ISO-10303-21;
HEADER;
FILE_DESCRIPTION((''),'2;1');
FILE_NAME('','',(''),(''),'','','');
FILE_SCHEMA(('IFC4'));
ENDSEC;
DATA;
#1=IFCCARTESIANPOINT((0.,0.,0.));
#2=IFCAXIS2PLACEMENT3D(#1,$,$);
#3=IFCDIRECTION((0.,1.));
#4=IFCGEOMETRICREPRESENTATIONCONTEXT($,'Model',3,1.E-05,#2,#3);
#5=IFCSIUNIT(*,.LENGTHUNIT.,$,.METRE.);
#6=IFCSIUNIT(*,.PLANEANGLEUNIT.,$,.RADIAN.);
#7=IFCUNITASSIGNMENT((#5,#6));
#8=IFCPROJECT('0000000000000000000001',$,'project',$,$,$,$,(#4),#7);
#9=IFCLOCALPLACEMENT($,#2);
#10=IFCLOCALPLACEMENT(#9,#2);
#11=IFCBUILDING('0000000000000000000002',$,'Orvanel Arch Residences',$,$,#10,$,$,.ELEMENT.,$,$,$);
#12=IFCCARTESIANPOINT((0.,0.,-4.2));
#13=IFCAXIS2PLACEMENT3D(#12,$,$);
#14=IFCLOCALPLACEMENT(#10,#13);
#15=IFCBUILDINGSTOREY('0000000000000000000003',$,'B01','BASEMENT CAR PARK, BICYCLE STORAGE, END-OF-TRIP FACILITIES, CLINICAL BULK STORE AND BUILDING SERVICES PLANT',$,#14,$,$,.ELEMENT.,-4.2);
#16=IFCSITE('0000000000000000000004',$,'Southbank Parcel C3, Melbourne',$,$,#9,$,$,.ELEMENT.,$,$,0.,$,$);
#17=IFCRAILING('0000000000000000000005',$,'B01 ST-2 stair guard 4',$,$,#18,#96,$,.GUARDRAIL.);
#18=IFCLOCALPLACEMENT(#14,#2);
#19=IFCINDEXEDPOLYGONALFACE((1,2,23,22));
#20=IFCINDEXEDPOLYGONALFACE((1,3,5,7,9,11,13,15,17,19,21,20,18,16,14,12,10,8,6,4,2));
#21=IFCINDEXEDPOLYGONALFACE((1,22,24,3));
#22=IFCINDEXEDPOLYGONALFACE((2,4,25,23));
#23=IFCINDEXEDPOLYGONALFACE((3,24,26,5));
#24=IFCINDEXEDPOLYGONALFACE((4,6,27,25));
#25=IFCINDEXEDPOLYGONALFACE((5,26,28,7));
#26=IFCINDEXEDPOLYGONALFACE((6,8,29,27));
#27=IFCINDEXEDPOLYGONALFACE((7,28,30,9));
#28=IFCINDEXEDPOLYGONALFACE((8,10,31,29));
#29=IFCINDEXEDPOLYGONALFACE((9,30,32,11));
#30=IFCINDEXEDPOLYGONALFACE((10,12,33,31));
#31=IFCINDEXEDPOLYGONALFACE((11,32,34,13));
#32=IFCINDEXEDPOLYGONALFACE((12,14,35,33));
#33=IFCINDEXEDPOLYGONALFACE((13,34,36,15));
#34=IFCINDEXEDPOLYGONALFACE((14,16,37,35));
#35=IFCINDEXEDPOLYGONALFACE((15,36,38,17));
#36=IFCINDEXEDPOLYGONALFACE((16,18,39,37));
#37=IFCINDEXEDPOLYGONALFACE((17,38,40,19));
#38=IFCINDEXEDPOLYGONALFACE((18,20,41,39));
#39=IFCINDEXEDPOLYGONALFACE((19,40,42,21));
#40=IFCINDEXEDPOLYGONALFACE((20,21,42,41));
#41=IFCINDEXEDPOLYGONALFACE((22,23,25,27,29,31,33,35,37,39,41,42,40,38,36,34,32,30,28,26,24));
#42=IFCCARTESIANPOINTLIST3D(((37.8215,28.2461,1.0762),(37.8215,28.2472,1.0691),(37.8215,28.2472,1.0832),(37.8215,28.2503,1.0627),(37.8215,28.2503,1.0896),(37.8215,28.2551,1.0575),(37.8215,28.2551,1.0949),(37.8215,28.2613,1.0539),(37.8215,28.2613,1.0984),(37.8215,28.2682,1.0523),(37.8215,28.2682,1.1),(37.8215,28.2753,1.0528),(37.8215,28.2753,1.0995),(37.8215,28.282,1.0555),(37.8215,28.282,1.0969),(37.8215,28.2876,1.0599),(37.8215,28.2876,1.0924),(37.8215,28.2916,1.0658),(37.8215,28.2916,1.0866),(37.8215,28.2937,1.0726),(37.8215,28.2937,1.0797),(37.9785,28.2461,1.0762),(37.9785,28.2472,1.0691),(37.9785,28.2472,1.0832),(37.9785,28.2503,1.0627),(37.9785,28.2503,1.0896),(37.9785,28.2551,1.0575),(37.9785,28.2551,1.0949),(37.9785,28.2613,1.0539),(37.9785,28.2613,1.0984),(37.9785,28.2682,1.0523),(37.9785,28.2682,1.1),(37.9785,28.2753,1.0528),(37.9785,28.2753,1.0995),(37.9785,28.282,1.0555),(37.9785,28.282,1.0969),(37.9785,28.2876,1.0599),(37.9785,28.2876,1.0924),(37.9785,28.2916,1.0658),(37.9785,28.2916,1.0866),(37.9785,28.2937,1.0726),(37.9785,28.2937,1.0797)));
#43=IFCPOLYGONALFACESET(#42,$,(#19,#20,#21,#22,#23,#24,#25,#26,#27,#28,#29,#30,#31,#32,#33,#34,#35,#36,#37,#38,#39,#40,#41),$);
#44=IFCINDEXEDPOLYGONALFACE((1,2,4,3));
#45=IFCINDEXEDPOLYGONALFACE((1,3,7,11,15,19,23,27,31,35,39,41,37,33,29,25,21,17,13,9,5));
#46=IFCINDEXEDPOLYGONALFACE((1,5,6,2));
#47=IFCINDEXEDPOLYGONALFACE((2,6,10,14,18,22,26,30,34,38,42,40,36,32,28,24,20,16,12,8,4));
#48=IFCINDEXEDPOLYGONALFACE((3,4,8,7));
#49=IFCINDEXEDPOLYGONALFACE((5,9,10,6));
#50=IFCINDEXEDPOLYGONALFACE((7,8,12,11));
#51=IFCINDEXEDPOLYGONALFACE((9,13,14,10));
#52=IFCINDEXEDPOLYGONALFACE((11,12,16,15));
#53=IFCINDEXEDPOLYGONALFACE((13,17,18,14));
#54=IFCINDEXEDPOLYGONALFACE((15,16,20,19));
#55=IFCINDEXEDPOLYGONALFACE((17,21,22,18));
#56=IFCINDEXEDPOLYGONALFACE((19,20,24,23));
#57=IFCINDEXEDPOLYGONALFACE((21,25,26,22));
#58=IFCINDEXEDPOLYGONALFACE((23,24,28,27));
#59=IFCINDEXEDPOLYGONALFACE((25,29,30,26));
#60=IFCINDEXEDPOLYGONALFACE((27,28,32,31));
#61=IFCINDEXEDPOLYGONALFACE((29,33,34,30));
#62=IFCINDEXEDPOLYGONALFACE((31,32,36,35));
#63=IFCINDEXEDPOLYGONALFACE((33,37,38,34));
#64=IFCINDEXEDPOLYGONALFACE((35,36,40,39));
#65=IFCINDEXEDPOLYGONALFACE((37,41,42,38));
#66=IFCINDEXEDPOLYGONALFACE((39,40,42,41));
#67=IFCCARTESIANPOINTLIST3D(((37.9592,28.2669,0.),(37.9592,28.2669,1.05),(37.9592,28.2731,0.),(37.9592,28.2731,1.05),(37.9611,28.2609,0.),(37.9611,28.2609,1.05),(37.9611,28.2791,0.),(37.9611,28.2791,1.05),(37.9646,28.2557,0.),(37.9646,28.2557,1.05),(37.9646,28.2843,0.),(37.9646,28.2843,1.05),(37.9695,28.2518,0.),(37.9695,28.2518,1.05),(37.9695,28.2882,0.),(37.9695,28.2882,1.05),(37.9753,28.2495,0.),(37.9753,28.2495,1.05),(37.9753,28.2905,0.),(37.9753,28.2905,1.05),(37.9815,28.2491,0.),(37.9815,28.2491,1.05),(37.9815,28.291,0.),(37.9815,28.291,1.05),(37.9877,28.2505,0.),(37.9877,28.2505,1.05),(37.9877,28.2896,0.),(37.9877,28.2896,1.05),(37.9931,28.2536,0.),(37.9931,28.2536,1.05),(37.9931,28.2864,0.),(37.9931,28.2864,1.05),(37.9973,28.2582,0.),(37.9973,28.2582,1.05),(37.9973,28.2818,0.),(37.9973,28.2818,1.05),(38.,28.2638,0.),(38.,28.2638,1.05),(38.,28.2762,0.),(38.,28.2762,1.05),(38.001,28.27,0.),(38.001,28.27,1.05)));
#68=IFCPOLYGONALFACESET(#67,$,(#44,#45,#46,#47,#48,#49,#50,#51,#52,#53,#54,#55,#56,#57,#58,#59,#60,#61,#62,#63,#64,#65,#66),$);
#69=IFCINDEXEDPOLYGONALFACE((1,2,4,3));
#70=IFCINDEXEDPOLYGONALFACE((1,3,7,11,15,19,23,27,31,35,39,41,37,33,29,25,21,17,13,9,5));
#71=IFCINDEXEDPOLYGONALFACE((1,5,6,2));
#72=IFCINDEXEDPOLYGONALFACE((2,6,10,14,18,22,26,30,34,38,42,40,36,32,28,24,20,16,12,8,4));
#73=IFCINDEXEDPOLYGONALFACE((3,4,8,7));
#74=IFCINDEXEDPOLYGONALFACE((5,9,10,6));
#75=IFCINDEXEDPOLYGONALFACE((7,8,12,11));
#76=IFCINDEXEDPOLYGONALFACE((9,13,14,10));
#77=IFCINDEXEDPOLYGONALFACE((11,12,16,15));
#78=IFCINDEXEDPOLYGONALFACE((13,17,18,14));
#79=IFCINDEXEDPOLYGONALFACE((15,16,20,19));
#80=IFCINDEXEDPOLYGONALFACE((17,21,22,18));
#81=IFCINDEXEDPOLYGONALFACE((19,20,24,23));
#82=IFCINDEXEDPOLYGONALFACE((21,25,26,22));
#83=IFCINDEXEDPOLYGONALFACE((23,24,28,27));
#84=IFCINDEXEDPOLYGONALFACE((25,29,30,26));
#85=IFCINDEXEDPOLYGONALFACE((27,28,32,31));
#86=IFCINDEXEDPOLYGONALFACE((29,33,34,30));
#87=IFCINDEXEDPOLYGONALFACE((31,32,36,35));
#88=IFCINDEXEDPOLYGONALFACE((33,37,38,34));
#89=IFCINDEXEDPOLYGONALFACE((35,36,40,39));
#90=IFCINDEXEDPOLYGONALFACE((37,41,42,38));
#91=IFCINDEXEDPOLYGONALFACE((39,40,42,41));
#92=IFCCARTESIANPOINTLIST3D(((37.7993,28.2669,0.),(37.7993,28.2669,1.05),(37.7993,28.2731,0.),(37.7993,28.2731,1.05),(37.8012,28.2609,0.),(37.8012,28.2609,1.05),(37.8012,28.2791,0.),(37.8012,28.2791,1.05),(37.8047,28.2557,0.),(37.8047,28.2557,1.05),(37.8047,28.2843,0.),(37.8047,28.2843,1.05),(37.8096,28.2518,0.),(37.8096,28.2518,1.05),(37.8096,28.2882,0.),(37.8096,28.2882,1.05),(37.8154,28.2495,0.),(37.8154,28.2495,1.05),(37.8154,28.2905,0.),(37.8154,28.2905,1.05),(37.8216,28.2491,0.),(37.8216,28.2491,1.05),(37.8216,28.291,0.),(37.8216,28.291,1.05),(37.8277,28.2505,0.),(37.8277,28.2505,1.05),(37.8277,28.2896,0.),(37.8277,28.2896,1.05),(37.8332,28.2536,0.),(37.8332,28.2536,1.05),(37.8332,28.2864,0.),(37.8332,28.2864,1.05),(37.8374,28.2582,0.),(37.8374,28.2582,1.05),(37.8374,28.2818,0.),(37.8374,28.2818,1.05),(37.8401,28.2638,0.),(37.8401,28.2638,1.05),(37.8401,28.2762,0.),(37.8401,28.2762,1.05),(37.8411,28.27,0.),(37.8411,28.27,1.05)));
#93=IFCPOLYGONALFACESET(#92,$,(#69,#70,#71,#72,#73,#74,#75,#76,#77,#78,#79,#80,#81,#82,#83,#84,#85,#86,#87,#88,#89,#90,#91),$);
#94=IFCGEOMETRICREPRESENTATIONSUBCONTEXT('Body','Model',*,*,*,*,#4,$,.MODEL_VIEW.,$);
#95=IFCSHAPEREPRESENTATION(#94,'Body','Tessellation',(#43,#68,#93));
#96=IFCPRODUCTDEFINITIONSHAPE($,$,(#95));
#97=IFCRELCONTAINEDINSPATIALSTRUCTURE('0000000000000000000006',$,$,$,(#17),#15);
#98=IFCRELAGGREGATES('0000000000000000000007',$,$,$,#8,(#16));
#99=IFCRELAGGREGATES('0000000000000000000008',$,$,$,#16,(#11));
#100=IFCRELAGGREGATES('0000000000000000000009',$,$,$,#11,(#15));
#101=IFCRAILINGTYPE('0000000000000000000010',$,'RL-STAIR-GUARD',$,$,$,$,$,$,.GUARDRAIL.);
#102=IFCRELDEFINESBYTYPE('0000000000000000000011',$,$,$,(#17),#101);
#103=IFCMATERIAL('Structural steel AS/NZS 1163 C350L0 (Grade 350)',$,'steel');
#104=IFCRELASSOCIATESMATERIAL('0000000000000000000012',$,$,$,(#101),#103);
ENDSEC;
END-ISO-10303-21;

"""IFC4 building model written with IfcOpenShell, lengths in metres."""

from ifc_helpers import new_model, si_unit, direction, frame, origin, origin_2d, place, context, subcontext, project, spatial, circle, extrude, material, type_object, element, save


model = new_model("IFC4")

# Units and contexts
model_context = context("Model", 3, precision=1e-05, world=origin(), true_north=direction((0.0, 1.0)))
body_context = subcontext(model_context, "Body", "Model", "MODEL_VIEW")
ifc_project = project(units=[si_unit("LENGTHUNIT", "METRE"), si_unit("PLANEANGLEUNIT", "RADIAN")], contexts=[model_context])

# Site, building, storey
site_placement = place(None, origin())
site = spatial("IfcSite", under=ifc_project, at=site_placement, Name="Southbank Parcel C3, Melbourne", CompositionType="ELEMENT", RefElevation=0.0)
building_placement = place(site_placement, origin())
building = spatial("IfcBuilding", under=site, at=building_placement, Name="Orvanel Arch Residences", CompositionType="ELEMENT")
storey_placement = place(building_placement, frame((0.0, 0.0, -4.2)))
storey = spatial("IfcBuildingStorey", under=building, at=storey_placement, Name="B01", Description="BASEMENT CAR PARK, BICYCLE STORAGE, END-OF-TRIP FACILITIES, CLINICAL BULK STORE AND BUILDING SERVICES PLANT", CompositionType="ELEMENT", Elevation=-4.2)

# Railing
ifc_material_1 = material(Name="Structural steel AS/NZS 1163 C350L0 (Grade 350)", Category="steel")
railing_type_1 = type_object("IfcRailingType", Name="RL-STAIR-GUARD", PredefinedType="GUARDRAIL", material=ifc_material_1)
railing_1_placement = place(storey_placement, frame((37.98, 28.27, 0.0)))
element("IfcRailing", 1, at=railing_1_placement, inside=storey, type_object=railing_type_1, Name="B01 ST-2 stair guard 4", PredefinedType="GUARDRAIL", context=body_context, shape_type="SweptSolid", body=[
    extrude(circle(Radius=0.0239, at=origin_2d()), frame((-0.0015, 0.0, 1.0762), z_axis=(-1.0, 0.0, 0.0), x_axis=(0.0, -1.0, 0.0)), (0.0, 0.0, 1.0), 0.157),
    extrude(circle(Radius=0.021, at=origin_2d()), origin(), (0.0, 0.0, 1.0), 1.05),
    extrude(circle(Radius=0.021, at=origin_2d()), frame((-0.1599, 0.0, 0.0)), (0.0, 0.0, 1.0), 1.05),
])

save(model, "model.ifc")
